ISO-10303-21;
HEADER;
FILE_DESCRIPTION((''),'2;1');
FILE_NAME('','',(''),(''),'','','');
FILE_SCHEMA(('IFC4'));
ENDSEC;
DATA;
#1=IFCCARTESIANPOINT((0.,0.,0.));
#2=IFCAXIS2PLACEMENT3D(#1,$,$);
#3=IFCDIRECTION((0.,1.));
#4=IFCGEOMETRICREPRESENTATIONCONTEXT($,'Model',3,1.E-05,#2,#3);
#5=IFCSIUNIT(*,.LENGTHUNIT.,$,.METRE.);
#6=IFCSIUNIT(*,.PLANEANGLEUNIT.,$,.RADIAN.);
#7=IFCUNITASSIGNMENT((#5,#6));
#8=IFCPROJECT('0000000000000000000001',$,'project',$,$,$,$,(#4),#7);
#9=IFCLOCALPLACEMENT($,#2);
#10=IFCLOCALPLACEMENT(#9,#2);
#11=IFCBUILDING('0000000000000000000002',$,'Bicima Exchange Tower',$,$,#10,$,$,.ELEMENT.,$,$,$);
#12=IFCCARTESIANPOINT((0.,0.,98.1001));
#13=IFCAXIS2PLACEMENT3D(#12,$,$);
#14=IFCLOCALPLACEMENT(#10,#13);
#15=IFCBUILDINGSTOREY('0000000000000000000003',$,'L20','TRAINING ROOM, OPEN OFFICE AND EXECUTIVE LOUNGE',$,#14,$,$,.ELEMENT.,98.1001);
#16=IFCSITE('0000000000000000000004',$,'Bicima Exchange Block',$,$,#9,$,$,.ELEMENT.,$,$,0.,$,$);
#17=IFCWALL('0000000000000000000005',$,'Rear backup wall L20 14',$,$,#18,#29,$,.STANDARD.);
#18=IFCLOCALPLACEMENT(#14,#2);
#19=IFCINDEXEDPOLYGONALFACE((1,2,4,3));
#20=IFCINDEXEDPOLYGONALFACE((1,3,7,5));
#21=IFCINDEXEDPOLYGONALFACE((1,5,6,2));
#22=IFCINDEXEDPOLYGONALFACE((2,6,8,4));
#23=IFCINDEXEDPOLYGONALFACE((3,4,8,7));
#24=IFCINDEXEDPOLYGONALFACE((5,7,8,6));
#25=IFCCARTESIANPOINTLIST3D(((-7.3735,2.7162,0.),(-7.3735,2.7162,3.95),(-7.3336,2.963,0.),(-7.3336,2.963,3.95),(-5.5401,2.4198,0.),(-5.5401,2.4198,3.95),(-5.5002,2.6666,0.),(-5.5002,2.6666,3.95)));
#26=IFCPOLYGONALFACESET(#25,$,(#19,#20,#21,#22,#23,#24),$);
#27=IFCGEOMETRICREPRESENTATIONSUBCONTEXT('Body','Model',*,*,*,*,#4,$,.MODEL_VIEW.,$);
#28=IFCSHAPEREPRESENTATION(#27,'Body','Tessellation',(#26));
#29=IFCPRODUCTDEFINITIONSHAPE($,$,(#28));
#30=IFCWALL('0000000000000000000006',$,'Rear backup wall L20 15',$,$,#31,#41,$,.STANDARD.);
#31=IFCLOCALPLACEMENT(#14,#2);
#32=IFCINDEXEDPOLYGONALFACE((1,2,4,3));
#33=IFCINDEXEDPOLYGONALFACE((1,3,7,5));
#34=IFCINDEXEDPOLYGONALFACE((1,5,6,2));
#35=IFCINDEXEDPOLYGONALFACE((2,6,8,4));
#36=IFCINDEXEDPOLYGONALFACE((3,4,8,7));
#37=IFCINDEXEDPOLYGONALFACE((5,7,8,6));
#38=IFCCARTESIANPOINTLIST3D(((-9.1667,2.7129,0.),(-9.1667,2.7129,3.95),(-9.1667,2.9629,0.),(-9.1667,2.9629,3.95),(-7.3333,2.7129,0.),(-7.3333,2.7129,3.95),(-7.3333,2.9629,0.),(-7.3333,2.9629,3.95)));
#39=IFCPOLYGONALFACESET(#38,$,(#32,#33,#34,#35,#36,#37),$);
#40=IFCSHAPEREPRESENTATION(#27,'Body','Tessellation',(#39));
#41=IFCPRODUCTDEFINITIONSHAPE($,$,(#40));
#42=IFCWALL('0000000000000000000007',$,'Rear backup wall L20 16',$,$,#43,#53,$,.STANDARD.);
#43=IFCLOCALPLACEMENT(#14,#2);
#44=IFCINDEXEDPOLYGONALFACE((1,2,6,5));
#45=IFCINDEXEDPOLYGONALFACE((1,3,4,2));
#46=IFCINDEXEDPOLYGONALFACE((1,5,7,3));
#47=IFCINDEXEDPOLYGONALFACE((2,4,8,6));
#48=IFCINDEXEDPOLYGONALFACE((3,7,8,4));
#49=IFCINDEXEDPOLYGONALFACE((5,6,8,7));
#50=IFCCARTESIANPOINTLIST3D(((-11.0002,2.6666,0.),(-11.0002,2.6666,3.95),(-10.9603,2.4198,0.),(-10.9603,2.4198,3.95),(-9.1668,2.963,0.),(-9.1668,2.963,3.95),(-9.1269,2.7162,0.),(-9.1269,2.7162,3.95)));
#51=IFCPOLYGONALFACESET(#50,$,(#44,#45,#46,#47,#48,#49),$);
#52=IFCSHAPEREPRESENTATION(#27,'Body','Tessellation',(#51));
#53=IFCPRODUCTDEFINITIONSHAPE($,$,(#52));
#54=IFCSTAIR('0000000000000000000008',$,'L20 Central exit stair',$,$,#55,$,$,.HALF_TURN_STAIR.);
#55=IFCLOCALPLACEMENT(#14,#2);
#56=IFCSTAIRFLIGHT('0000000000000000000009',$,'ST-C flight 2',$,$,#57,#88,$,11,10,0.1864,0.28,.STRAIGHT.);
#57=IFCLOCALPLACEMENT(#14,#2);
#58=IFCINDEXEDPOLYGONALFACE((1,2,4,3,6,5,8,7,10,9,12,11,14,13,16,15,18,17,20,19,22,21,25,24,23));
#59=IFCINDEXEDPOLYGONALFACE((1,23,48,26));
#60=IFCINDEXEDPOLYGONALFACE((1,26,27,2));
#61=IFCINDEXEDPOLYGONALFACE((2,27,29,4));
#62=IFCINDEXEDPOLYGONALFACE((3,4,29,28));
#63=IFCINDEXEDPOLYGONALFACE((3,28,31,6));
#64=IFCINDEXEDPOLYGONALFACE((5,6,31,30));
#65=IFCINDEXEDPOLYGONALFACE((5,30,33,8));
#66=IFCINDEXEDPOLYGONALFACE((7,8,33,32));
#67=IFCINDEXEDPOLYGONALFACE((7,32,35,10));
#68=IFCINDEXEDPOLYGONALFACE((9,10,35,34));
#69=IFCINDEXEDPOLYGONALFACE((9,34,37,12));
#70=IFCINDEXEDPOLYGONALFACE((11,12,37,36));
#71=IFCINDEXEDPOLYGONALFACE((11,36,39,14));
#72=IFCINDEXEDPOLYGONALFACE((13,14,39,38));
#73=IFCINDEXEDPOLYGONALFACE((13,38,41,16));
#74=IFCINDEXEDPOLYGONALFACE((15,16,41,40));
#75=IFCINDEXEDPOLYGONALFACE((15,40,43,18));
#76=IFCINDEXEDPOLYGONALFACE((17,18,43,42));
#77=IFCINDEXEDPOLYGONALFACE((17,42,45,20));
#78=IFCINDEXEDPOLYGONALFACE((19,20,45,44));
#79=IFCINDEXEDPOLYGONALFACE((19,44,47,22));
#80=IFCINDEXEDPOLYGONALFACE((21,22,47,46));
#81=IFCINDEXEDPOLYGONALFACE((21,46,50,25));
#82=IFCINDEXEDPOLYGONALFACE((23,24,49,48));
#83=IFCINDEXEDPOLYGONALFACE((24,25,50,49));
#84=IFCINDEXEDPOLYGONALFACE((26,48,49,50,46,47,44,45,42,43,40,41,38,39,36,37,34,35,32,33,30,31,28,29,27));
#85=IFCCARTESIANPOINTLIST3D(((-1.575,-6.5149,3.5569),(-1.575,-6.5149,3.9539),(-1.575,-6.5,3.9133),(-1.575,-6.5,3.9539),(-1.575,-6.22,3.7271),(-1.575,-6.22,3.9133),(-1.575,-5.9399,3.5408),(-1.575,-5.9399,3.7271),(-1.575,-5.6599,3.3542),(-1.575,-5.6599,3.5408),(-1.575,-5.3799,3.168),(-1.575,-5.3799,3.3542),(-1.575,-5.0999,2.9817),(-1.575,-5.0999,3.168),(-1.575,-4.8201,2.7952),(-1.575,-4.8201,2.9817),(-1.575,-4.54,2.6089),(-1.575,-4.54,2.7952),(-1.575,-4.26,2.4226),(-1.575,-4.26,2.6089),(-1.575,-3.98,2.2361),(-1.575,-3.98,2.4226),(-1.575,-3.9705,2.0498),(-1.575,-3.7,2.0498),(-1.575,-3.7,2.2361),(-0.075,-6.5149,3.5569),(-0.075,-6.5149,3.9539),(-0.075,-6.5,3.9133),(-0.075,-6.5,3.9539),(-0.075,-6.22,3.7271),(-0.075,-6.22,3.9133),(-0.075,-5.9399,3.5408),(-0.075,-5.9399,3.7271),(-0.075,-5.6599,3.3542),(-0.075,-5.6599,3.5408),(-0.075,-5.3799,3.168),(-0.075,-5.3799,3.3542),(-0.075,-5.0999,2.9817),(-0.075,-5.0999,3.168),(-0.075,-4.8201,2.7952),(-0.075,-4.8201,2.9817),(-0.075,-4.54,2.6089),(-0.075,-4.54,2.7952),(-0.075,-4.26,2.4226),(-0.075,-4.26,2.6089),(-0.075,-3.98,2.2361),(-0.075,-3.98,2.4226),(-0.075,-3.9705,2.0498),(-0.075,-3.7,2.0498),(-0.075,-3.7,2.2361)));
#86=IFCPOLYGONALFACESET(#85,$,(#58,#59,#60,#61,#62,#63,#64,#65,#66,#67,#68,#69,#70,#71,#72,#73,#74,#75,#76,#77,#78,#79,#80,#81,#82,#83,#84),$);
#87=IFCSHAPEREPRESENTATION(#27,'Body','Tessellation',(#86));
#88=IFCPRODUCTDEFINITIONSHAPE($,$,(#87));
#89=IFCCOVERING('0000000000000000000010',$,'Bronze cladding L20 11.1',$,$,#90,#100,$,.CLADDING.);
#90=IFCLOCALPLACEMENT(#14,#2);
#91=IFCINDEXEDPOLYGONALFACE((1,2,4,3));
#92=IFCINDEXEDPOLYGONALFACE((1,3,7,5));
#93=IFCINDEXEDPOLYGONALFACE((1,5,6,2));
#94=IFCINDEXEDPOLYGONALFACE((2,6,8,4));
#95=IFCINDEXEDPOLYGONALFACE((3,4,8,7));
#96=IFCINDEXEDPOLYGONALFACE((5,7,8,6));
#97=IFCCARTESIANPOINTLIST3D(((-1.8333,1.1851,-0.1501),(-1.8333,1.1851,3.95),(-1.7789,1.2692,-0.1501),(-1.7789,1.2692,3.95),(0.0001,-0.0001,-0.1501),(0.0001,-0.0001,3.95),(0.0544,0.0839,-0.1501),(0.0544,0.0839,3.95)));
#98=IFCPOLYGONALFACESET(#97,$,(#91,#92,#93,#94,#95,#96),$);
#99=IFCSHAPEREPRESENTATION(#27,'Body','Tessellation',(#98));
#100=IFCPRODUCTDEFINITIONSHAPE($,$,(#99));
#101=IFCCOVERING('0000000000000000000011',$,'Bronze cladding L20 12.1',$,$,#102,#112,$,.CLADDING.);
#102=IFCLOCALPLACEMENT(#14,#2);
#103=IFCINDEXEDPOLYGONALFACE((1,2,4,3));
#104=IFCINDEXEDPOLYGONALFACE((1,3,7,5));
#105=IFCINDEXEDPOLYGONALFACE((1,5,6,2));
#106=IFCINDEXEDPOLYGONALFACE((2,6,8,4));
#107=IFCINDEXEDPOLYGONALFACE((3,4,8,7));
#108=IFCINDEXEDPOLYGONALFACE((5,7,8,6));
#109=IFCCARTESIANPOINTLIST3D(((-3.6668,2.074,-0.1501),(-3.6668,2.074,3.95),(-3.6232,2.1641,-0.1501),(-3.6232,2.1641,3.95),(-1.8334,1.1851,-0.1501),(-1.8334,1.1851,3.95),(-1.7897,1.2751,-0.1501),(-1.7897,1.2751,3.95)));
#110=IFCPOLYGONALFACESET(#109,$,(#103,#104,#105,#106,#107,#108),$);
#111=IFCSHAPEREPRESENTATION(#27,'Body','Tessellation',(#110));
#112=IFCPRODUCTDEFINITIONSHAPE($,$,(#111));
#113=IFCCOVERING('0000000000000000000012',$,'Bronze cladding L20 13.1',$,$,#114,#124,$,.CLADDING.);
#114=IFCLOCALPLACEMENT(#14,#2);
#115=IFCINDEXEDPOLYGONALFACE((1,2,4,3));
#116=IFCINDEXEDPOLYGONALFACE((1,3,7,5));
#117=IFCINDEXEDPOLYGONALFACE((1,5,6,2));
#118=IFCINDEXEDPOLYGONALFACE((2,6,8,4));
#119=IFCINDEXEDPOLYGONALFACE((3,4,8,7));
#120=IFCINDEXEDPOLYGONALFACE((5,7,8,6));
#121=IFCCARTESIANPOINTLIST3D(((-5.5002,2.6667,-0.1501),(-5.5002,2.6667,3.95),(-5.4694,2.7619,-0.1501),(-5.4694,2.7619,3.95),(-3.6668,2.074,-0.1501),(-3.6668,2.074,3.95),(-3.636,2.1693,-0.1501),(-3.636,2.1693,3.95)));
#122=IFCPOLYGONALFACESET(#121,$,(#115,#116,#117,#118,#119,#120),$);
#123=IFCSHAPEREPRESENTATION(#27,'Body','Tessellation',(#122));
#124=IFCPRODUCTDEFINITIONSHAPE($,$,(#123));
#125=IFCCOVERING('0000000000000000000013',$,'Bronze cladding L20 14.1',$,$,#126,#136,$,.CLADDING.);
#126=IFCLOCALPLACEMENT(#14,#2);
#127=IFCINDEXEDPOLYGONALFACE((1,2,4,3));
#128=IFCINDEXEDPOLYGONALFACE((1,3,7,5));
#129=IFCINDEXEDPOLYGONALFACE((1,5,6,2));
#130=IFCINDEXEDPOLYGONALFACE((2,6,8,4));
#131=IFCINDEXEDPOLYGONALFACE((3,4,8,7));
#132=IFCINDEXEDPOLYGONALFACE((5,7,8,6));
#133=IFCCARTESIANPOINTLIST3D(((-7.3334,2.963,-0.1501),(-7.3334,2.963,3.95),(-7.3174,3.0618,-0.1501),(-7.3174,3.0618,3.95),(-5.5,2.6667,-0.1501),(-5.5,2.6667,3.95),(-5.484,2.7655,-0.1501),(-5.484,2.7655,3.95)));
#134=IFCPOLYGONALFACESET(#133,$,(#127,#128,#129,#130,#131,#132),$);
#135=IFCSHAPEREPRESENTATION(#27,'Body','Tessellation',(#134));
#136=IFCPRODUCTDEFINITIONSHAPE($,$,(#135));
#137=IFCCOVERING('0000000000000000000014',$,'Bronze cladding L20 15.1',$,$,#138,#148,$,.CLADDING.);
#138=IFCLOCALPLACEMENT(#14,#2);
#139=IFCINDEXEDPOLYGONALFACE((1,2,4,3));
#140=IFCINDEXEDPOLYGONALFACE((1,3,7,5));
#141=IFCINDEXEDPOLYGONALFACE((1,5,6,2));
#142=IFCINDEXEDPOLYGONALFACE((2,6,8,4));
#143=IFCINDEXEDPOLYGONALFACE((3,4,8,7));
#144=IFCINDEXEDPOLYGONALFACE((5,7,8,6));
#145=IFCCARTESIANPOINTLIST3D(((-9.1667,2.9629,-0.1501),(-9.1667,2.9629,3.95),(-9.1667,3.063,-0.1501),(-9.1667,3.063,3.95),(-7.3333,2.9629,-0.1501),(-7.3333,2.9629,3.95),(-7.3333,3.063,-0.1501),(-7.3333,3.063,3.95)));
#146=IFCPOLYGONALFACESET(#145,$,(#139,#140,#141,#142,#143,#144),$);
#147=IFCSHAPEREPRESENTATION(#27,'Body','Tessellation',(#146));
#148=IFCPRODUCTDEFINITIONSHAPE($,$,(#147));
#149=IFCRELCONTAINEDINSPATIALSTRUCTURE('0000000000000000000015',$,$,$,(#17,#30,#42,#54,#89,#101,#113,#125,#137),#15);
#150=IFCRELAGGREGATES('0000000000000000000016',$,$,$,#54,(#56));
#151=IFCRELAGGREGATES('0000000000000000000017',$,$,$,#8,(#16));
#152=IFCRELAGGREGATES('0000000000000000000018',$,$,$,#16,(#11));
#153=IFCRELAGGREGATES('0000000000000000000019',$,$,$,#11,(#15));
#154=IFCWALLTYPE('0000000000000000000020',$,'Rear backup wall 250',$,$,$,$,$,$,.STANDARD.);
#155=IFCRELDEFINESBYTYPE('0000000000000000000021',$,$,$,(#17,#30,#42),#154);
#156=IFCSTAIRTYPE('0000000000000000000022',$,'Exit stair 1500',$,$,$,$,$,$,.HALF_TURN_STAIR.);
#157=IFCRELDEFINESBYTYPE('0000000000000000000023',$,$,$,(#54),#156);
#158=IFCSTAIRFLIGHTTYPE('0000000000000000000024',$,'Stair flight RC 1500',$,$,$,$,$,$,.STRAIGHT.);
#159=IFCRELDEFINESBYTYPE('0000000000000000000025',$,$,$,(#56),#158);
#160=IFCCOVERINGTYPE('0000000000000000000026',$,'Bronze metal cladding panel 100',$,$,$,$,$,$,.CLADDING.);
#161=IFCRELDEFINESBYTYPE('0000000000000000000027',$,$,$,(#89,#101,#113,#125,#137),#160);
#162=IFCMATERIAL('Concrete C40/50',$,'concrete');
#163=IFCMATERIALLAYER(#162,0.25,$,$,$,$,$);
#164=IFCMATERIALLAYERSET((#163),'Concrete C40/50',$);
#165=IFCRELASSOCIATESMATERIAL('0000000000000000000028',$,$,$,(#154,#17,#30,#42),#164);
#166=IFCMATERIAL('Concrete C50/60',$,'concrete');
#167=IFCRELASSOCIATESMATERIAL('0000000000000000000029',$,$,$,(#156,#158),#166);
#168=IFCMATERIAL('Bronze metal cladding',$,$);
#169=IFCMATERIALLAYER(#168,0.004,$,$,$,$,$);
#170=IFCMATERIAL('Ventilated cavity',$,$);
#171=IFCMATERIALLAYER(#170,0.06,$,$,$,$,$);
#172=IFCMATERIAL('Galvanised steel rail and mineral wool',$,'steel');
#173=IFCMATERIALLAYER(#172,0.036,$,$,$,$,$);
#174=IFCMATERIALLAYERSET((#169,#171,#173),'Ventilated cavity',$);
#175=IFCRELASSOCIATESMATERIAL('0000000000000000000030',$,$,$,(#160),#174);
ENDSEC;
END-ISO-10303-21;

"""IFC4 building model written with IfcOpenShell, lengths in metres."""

from ifc_helpers import new_model, si_unit, direction, frame, frame_2d, origin, origin_2d, place, context, subcontext, project, spatial, polyline, rectangle, outline, extrude, material, layer, layer_set, layer_usage, type_object, element, aggregate, save


model = new_model("IFC4")

# Units and contexts
model_context = context("Model", 3, precision=1e-05, world=origin(), true_north=direction((0.0, 1.0)))
body_context = subcontext(model_context, "Body", "Model", "MODEL_VIEW")
ifc_project = project(units=[si_unit("LENGTHUNIT", "METRE"), si_unit("PLANEANGLEUNIT", "RADIAN")], contexts=[model_context])

# Site, building, storey
site_placement = place(None, origin())
site = spatial("IfcSite", under=ifc_project, at=site_placement, Name="Bicima Exchange Block", CompositionType="ELEMENT", RefElevation=0.0)
building_placement = place(site_placement, origin())
building = spatial("IfcBuilding", under=site, at=building_placement, Name="Bicima Exchange Tower", CompositionType="ELEMENT")
storey_placement = place(building_placement, frame((0.0, 0.0, 98.1001)))
storey = spatial("IfcBuildingStorey", under=building, at=storey_placement, Name="L20", Description="TRAINING ROOM, OPEN OFFICE AND EXECUTIVE LOUNGE", CompositionType="ELEMENT", Elevation=98.1001)

# Shared definitions
ifc_material_1 = material(Name="Concrete C40/50", Category="concrete")

# Shared definitions
ifc_material_2 = material(Name="Concrete C50/60", Category="concrete")

# Walls
ifc_layer_1 = layer(ifc_material_1, 0.25)
ifc_layer_set_1 = layer_set([ifc_layer_1], Name="Concrete C40/50")
ifc_layer_usage = layer_usage(ifc_layer_set_1, "AXIS2", "POSITIVE", -0.125)
wall_type_1 = type_object("IfcWallType", Name="Rear backup wall 250", PredefinedType="STANDARD", material=ifc_layer_set_1)
wall_1_placement = place(storey_placement, frame((-5.52, 2.5432, 0.0), z_axis=(0.0, 0.0, 1.0), x_axis=(-0.987182, 0.1596, 0.0)))
element("IfcWall", 1, at=wall_1_placement, inside=storey, type_object=wall_type_1, material=ifc_layer_usage, Name="Rear backup wall L20 14", PredefinedType="STANDARD", context=body_context, shape_type="SweptSolid", body=[
    extrude(rectangle(XDim=1.8572, YDim=0.25, at=frame_2d((0.9287, 0.0))), origin(), (0.0, 0.0, 1.0), 3.95),
])
wall_2_placement = place(storey_placement, frame((-7.3333, 2.8379, 0.0), z_axis=(0.0, 0.0, 1.0), x_axis=(-1.0, 0.0, 0.0)))
element("IfcWall", 2, at=wall_2_placement, inside=storey, type_object=wall_type_1, material=ifc_layer_usage, Name="Rear backup wall L20 15", PredefinedType="STANDARD", context=body_context, shape_type="SweptSolid", body=[
    extrude(rectangle(XDim=1.8335, YDim=0.25, at=frame_2d((0.9167, 0.0))), origin(), (0.0, 0.0, 1.0), 3.95),
])
wall_3_placement = place(storey_placement, frame((-9.1467, 2.8396, 0.0), z_axis=(0.0, 0.0, 1.0), x_axis=(-0.987182, -0.1596, 0.0)))
element("IfcWall", 3, at=wall_3_placement, inside=storey, type_object=wall_type_1, material=ifc_layer_usage, Name="Rear backup wall L20 16", PredefinedType="STANDARD", context=body_context, shape_type="SweptSolid", body=[
    extrude(rectangle(XDim=1.8572, YDim=0.25, at=frame_2d((0.9287, 0.0))), origin(), (0.0, 0.0, 1.0), 3.95),
])

# Stair, stair flight
stair_type = type_object("IfcStairType", Name="Exit stair 1500", PredefinedType="HALF_TURN_STAIR", material=ifc_material_2)
stair_placement = place(storey_placement, origin())
stair = element("IfcStair", 4, at=stair_placement, inside=storey, type_object=stair_type, Name="L20 Central exit stair", PredefinedType="HALF_TURN_STAIR")
stair_flight_type = type_object("IfcStairFlightType", Name="Stair flight RC 1500", PredefinedType="STRAIGHT", material=ifc_material_2)
stair_flight_placement = place(storey_placement, frame((-0.825, -3.7, 2.0498), z_axis=(0.0, 0.0, 1.0), x_axis=(0.0, -1.0, 0.0)))
stair_flight = element("IfcStairFlight", 5, at=stair_flight_placement, type_object=stair_flight_type, Name="ST-C flight 2", NumberOfRisers=11, NumberOfTreads=10, PredefinedType="STRAIGHT", RiserHeight=0.1864, TreadLength=0.28, context=body_context, shape_type="SweptSolid", body=[
    extrude(outline(polyline([(0.0, 0.0), (0.0, 0.1863), (0.28, 0.1863), (0.28, 0.3728), (0.5601, 0.3728), (0.5601, 0.5591), (0.8401, 0.5591), (0.8401, 0.7454), (1.1201, 0.7454), (1.1201, 0.9319), (1.3999, 0.9319), (1.3999, 1.1182), (1.6799, 1.1182), (1.6799, 1.3044), (1.96, 1.3044), (1.96, 1.491), (2.24, 1.491), (2.24, 1.6772), (2.52, 1.6772), (2.52, 1.8635), (2.8, 1.8635), (2.8, 1.9041), (2.8149, 1.9041), (2.8149, 1.5071), (0.2705, 0.0), (0.0, 0.0)])), frame((0.0, 0.75, 0.0), z_axis=(0.0, -1.0, 0.0), x_axis=(1.0, 0.0, 0.0)), (0.0, 0.0, 1.0), 1.5),
])
aggregate(stair, [stair_flight])

# Coverings
ifc_material_3 = material(Name="Bronze metal cladding")
ifc_layer_2 = layer(ifc_material_3, 0.004)
ifc_material_4 = material(Name="Ventilated cavity")
ifc_layer_3 = layer(ifc_material_4, 0.06)
ifc_material_5 = material(Name="Galvanised steel rail and mineral wool", Category="steel")
ifc_layer_4 = layer(ifc_material_5, 0.036)
ifc_layer_set_2 = layer_set([ifc_layer_2, ifc_layer_3, ifc_layer_4], Name="Ventilated cavity")
covering_type = type_object("IfcCoveringType", Name="Bronze metal cladding panel 100", PredefinedType="CLADDING", material=ifc_layer_set_2)
covering_1_placement = place(storey_placement, frame((-0.8894, 0.6345, -0.1501), z_axis=(0.0, 0.0, 1.0), x_axis=(-0.83979, 0.542911, 0.0)))
element("IfcCovering", 6, at=covering_1_placement, inside=storey, type_object=covering_type, Name="Bronze cladding L20 11.1", PredefinedType="CLADDING", context=body_context, shape_type="SweptSolid", body=[
    extrude(rectangle(XDim=2.1831, YDim=0.1001, at=origin_2d()), origin(), (0.0, 0.0, 1.0), 4.1001),
])
covering_2_placement = place(storey_placement, frame((-2.7283, 1.6746, -0.1501), z_axis=(0.0, 0.0, 1.0), x_axis=(-0.899818, 0.436265, 0.0)))
element("IfcCovering", 7, at=covering_2_placement, inside=storey, type_object=covering_type, Name="Bronze cladding L20 12.1", PredefinedType="CLADDING", context=body_context, shape_type="SweptSolid", body=[
    extrude(rectangle(XDim=2.0376, YDim=0.1001, at=origin_2d()), origin(), (0.0, 0.0, 1.0), 4.1001),
])
covering_3_placement = place(storey_placement, frame((-4.5681, 2.418, -0.1501), z_axis=(0.0, 0.0, 1.0), x_axis=(-0.951525, 0.307573, 0.0)))
element("IfcCovering", 8, at=covering_3_placement, inside=storey, type_object=covering_type, Name="Bronze cladding L20 13.1", PredefinedType="CLADDING", context=body_context, shape_type="SweptSolid", body=[
    extrude(rectangle(XDim=1.9268, YDim=0.1001, at=origin_2d()), origin(), (0.0, 0.0, 1.0), 4.1001),
])
covering_4_placement = place(storey_placement, frame((-6.4087, 2.8643, -0.1501), z_axis=(0.0, 0.0, 1.0), x_axis=(-0.98719, 0.15955, 0.0)))
element("IfcCovering", 9, at=covering_4_placement, inside=storey, type_object=covering_type, Name="Bronze cladding L20 14.1", PredefinedType="CLADDING", context=body_context, shape_type="SweptSolid", body=[
    extrude(rectangle(XDim=1.8572, YDim=0.1001, at=origin_2d()), origin(), (0.0, 0.0, 1.0), 4.1001),
])
covering_5_placement = place(storey_placement, frame((-8.25, 3.0129, -0.1501), z_axis=(0.0, 0.0, 1.0), x_axis=(-1.0, 0.0, 0.0)))
element("IfcCovering", 10, at=covering_5_placement, inside=storey, type_object=covering_type, Name="Bronze cladding L20 15.1", PredefinedType="CLADDING", context=body_context, shape_type="SweptSolid", body=[
    extrude(rectangle(XDim=1.8335, YDim=0.1001, at=origin_2d()), origin(), (0.0, 0.0, 1.0), 4.1001),
])

save(model, "model.ifc")
